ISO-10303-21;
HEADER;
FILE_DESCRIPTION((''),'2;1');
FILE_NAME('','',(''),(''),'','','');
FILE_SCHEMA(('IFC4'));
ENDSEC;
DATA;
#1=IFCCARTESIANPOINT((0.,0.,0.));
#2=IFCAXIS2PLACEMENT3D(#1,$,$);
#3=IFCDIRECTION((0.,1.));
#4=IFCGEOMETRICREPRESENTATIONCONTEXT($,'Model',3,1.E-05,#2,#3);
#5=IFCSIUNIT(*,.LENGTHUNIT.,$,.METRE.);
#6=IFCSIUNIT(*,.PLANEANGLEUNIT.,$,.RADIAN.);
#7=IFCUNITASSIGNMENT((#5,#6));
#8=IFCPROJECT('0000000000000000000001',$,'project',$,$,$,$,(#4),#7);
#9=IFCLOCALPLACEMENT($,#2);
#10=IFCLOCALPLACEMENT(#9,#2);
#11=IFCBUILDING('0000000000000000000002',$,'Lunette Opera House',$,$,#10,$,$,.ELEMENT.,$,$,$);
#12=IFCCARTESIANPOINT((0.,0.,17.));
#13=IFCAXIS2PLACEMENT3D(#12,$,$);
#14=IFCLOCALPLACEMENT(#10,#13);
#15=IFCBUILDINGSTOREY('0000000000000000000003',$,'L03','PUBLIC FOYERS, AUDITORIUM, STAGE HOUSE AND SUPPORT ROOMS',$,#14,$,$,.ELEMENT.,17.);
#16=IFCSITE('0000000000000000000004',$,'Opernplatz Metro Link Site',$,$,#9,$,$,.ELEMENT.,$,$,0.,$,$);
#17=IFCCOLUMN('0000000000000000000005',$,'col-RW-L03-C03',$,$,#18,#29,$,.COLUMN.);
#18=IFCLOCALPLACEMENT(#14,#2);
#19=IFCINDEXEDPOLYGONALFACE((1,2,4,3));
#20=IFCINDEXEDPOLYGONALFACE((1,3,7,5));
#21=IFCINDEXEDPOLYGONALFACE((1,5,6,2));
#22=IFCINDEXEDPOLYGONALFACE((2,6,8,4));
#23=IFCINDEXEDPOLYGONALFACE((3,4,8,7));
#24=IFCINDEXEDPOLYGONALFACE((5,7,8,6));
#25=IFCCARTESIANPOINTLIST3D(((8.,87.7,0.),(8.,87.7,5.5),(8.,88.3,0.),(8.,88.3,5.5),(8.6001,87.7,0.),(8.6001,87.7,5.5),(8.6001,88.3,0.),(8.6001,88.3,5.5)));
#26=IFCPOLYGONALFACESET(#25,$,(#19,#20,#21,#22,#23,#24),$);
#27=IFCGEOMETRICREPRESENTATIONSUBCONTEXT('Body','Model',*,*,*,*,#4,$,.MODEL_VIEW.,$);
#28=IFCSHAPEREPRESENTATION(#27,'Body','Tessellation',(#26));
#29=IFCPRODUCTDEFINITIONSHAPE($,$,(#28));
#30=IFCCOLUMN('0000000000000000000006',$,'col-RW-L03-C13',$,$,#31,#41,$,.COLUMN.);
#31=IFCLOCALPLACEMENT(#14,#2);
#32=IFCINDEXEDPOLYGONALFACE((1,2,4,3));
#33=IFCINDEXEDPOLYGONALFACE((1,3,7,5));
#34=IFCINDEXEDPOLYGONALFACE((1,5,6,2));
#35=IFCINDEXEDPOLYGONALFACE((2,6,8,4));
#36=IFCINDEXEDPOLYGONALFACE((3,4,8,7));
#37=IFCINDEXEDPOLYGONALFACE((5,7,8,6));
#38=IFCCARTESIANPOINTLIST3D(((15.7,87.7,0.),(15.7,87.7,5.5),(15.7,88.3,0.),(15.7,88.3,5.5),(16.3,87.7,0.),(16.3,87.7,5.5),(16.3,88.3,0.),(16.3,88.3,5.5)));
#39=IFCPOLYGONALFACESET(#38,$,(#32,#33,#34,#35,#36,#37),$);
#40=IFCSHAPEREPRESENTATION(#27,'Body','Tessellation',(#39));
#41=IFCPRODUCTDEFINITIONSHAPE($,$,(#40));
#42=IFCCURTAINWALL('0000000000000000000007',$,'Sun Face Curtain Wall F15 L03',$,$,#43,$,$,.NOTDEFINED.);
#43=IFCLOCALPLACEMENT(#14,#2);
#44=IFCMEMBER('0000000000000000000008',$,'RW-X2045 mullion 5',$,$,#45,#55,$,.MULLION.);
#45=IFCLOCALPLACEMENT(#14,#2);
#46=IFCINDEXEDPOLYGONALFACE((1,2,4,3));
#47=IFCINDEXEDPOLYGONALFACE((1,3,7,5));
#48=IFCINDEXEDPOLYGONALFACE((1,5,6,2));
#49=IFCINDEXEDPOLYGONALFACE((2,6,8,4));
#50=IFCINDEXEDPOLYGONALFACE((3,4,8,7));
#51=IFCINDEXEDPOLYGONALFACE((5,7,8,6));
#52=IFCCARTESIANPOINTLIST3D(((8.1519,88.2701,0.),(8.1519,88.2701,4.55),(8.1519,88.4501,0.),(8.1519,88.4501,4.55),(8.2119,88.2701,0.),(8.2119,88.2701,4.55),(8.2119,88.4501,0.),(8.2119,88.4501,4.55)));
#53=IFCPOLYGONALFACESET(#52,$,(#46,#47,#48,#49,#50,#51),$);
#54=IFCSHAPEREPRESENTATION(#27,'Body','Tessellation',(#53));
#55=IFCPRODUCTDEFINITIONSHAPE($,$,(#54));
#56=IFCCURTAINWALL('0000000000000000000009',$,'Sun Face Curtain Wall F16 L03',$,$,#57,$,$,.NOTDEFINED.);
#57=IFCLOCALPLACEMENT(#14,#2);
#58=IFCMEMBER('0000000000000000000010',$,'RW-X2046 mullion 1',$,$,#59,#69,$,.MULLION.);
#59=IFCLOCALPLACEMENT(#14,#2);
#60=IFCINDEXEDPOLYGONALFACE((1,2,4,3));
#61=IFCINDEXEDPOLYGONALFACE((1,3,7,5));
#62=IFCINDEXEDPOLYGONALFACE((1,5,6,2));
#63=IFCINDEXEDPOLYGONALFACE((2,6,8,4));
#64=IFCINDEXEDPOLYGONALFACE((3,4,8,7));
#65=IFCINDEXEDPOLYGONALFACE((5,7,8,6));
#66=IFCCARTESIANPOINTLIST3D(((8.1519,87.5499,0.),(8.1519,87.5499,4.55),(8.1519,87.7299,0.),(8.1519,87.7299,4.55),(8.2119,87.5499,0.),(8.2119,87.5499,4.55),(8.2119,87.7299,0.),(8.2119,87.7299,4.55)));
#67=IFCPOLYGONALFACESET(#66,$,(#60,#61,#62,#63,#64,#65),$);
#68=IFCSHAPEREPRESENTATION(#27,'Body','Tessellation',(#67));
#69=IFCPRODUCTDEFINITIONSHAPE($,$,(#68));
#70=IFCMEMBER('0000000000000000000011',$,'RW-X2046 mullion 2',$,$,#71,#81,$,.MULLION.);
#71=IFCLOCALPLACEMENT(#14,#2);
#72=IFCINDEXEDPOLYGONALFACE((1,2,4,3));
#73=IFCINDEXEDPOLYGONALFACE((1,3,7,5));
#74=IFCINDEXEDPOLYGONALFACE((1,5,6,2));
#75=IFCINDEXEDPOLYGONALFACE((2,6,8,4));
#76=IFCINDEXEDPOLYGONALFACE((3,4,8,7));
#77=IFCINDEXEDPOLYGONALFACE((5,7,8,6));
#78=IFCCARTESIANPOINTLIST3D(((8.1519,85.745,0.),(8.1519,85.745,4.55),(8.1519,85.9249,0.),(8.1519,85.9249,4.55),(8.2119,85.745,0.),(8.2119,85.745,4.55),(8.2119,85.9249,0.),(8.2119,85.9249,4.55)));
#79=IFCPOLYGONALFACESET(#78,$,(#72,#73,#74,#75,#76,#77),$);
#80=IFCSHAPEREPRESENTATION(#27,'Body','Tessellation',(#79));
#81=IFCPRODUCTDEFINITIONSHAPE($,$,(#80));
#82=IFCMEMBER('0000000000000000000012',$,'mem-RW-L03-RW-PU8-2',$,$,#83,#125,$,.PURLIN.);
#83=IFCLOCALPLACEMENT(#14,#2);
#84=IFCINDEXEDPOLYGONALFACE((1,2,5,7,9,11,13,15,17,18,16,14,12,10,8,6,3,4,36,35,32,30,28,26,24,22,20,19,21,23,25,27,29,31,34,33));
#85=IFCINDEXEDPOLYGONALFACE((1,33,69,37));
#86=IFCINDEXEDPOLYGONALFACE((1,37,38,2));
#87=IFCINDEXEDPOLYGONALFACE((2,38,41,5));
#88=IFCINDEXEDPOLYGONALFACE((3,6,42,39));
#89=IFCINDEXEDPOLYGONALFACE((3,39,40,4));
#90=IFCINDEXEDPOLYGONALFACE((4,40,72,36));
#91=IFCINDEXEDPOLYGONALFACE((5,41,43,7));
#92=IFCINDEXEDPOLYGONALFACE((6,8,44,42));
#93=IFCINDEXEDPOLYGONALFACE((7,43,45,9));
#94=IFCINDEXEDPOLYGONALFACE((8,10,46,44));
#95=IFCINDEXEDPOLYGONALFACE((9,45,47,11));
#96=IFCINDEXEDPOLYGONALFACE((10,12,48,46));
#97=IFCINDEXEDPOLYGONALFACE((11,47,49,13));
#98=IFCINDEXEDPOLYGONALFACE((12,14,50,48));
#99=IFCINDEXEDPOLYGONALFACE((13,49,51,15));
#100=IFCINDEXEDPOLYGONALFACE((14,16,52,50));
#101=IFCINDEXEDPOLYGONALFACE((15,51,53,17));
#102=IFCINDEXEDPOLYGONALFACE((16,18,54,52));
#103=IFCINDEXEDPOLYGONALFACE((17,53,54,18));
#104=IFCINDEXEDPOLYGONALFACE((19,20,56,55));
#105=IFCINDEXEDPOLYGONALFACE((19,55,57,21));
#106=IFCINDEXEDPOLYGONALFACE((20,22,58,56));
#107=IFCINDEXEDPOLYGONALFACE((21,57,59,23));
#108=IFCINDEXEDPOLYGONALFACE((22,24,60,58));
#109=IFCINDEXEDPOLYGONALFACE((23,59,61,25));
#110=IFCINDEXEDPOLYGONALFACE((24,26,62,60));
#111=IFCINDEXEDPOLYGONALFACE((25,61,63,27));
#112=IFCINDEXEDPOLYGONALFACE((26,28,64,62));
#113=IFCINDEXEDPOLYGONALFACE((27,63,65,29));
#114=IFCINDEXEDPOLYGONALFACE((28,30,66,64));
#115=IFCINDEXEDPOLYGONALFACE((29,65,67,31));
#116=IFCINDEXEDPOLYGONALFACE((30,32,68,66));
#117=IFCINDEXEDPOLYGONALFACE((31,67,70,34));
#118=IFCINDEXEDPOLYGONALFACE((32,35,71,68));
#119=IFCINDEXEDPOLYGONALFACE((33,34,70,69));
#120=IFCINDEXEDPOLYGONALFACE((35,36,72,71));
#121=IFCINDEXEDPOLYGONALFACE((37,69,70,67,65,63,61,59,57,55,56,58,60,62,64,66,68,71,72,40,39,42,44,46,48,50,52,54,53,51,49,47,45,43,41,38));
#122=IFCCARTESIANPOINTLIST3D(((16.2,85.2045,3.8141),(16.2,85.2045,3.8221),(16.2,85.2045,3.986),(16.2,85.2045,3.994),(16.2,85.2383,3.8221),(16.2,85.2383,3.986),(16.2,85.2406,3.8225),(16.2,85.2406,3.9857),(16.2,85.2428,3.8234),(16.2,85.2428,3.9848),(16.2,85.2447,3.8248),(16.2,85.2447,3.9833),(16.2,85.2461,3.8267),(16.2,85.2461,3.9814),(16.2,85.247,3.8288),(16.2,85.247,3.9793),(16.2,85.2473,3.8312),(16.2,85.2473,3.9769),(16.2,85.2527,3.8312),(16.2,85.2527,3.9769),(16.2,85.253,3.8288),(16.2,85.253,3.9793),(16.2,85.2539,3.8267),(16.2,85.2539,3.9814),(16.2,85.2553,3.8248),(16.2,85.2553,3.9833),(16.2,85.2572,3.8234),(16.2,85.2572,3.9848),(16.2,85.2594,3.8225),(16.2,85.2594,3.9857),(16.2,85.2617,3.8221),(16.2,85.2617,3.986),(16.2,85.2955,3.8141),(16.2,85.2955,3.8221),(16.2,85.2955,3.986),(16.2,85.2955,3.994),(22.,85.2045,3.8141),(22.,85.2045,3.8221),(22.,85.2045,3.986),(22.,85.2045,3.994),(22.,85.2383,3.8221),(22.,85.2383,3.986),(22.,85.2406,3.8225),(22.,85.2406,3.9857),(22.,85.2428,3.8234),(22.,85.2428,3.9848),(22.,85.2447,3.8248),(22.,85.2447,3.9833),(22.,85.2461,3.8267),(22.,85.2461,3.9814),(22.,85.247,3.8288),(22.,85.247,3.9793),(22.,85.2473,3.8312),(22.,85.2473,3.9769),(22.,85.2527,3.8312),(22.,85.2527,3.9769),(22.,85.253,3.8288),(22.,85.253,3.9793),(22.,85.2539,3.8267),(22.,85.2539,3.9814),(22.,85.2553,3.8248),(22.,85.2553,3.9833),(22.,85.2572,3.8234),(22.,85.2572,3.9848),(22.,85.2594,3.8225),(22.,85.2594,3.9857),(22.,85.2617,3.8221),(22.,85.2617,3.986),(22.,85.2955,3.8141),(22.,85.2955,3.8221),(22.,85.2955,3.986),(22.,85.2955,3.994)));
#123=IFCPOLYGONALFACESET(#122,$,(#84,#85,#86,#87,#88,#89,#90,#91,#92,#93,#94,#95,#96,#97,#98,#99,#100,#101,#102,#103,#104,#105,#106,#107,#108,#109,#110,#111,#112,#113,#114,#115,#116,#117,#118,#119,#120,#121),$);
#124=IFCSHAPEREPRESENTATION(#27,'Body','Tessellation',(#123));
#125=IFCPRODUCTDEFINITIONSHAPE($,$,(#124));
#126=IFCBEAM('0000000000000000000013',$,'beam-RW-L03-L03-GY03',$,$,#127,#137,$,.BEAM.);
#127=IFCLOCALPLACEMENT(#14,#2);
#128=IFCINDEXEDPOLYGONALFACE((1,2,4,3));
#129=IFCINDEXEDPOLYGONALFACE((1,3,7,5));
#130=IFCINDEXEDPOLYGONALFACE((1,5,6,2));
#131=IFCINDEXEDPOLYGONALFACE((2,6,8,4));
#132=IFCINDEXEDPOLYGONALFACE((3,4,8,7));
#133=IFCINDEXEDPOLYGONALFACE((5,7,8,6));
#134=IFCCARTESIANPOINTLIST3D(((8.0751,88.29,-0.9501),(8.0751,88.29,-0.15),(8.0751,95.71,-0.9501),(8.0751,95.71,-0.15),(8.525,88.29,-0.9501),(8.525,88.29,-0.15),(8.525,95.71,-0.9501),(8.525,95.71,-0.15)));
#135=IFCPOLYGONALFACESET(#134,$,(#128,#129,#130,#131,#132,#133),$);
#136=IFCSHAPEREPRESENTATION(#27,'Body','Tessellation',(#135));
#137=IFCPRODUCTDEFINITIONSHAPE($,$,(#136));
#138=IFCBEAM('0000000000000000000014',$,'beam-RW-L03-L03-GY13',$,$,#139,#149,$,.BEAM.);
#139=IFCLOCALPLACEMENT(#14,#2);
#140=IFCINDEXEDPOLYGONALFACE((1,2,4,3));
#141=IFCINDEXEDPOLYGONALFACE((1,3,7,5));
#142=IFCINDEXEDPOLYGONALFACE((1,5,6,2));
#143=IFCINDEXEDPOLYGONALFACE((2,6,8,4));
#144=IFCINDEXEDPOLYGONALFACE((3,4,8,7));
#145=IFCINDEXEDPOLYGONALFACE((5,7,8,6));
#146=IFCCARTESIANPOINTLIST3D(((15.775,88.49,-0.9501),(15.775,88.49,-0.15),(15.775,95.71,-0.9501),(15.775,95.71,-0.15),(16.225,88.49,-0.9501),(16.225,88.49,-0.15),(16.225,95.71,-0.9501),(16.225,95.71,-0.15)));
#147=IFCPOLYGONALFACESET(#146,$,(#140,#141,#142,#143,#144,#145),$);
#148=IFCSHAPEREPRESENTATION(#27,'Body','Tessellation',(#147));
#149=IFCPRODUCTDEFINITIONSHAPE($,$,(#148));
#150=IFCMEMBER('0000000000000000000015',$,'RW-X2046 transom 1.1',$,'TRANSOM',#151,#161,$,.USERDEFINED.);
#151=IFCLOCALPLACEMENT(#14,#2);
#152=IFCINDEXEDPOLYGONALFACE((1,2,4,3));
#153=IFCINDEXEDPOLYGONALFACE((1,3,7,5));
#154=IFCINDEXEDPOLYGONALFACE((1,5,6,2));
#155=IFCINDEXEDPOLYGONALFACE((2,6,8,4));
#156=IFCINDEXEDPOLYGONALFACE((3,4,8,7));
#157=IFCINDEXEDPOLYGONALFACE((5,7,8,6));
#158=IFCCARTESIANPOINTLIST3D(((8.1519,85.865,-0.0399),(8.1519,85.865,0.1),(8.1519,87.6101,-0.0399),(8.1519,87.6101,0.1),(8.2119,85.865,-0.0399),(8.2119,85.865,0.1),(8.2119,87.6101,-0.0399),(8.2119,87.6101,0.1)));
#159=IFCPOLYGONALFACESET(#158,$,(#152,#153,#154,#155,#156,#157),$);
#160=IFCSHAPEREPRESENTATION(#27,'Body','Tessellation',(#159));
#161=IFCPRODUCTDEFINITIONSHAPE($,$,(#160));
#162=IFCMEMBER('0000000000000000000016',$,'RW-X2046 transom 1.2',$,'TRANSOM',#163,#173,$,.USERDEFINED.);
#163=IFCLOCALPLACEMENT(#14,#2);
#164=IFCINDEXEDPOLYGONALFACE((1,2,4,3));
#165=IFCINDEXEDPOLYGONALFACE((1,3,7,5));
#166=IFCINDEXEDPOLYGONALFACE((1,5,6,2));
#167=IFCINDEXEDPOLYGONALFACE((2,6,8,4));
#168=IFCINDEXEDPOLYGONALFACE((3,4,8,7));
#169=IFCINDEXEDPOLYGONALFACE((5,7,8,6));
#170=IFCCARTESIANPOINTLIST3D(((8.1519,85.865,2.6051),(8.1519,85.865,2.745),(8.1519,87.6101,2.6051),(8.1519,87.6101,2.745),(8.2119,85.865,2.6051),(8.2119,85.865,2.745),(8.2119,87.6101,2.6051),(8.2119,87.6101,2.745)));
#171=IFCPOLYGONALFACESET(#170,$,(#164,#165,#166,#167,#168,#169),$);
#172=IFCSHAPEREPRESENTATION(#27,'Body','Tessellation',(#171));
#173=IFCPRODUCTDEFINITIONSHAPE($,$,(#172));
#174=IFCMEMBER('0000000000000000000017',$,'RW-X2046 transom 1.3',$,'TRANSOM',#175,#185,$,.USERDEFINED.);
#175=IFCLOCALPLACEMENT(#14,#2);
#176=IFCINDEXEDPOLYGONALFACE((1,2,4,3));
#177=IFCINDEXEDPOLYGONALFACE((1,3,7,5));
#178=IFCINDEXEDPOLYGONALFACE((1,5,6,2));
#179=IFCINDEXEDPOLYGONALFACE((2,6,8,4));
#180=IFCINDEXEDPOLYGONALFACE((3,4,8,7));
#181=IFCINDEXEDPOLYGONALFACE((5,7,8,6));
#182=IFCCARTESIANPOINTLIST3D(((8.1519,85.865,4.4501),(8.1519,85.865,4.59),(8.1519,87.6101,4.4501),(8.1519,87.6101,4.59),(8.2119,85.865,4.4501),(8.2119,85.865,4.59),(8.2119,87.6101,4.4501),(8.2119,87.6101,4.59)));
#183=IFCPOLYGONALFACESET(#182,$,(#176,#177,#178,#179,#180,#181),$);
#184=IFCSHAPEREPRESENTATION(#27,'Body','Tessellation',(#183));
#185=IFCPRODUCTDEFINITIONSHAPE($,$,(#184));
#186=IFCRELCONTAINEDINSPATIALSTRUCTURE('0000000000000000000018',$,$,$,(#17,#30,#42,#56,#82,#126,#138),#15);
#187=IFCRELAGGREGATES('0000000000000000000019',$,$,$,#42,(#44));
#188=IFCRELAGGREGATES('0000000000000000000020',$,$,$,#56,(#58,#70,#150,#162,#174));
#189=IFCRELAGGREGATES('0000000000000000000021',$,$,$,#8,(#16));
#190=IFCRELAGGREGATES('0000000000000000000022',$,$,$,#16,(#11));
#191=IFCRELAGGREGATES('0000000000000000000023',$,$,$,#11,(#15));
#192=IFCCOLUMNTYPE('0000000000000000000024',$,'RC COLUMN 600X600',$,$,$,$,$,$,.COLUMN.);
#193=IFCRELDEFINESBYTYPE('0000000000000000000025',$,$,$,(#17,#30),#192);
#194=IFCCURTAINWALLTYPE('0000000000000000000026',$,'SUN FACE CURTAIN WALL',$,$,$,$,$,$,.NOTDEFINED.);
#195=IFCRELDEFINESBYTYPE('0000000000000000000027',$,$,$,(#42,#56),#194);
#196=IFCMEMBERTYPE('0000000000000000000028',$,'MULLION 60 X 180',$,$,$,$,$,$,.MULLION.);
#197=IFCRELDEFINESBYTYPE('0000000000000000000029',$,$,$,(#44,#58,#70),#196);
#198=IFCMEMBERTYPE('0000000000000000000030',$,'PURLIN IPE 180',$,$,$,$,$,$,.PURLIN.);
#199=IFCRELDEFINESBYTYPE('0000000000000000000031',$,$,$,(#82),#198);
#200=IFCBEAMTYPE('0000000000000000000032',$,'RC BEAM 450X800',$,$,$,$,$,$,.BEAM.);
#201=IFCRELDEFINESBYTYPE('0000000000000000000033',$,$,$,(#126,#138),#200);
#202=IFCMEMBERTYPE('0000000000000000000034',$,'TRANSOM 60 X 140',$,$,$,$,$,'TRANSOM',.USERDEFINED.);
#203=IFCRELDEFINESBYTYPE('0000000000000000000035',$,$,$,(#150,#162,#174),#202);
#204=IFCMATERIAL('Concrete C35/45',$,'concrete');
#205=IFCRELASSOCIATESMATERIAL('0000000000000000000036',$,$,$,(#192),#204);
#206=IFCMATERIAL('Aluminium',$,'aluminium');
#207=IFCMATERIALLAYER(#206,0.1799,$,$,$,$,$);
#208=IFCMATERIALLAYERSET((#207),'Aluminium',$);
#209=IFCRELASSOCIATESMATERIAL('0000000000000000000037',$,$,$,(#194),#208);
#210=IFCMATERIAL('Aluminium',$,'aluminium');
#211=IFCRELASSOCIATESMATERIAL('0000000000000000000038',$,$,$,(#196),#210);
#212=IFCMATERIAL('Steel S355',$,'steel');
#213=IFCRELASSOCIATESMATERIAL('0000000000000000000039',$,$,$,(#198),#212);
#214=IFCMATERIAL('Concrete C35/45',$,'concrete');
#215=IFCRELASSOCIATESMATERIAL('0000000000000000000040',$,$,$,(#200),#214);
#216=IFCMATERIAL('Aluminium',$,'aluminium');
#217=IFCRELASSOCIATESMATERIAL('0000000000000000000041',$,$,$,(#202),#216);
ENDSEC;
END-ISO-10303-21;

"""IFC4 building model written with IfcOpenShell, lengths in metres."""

from ifc_helpers import new_model, si_unit, direction, frame, origin, origin_2d, place, context, subcontext, project, spatial, rectangle, i_section, extrude, material, layer, layer_set, material_profile, profile_set, type_object, element, aggregate, save


model = new_model("IFC4")

# Units and contexts
model_context = context("Model", 3, precision=1e-05, world=origin(), true_north=direction((0.0, 1.0)))
body_context = subcontext(model_context, "Body", "Model", "MODEL_VIEW")
ifc_project = project(units=[si_unit("LENGTHUNIT", "METRE"), si_unit("PLANEANGLEUNIT", "RADIAN")], contexts=[model_context])

# Site, building, storey
site_placement = place(None, origin())
site = spatial("IfcSite", under=ifc_project, at=site_placement, Name="Opernplatz Metro Link Site", CompositionType="ELEMENT", RefElevation=0.0)
building_placement = place(site_placement, origin())
building = spatial("IfcBuilding", under=site, at=building_placement, Name="Lunette Opera House", CompositionType="ELEMENT")
storey_placement = place(building_placement, frame((0.0, 0.0, 17.0)))
storey = spatial("IfcBuildingStorey", under=building, at=storey_placement, Name="L03", Description="PUBLIC FOYERS, AUDITORIUM, STAGE HOUSE AND SUPPORT ROOMS", CompositionType="ELEMENT", Elevation=17.0)

# Columns
ifc_material_1 = material(Name="Concrete C35/45", Category="concrete")
ifc_material_profile_1 = material_profile(ifc_material_1, rectangle(XDim=0.6001, YDim=0.6001, at=origin_2d()), Name="RC COLUMN 600X600")
ifc_profile_set_1 = profile_set([ifc_material_profile_1], Name="Concrete C35/45")
column_type = type_object("IfcColumnType", Name="RC COLUMN 600X600", PredefinedType="COLUMN", material=ifc_profile_set_1)
for number, where, z_axis, x_axis, name in (
    (1, (8.3, 88.0, 0.0), (0.0, 0.0, 1.0), (1.0, 0.0, 0.0), "col-RW-L03-C03"),
    (2, (16.0, 88.0, 0.0), (0.0, 0.0, 1.0), (1.0, 0.0, 0.0), "col-RW-L03-C13"),
):
    element("IfcColumn", number, at=place(storey_placement, frame(where, z_axis=z_axis, x_axis=x_axis)), inside=storey, type_object=column_type, Name=name, PredefinedType="COLUMN", context=body_context, shape_type="SweptSolid", body=[
        extrude(rectangle(XDim=0.6001, YDim=0.6001, at=origin_2d()), origin(), (0.0, 0.0, 1.0), 5.5),
    ])

# Curtain wall, member
ifc_material_2 = material(Name="Aluminium", Category="aluminium")
ifc_layer_1 = layer(ifc_material_2, 0.1799)
ifc_layer_set_1 = layer_set([ifc_layer_1], Name="Aluminium")
curtain_wall_type = type_object("IfcCurtainWallType", Name="SUN FACE CURTAIN WALL", PredefinedType="NOTDEFINED", material=ifc_layer_set_1)
curtain_wall_1_placement = place(storey_placement, origin())
curtain_wall_1 = element("IfcCurtainWall", 3, at=curtain_wall_1_placement, inside=storey, type_object=curtain_wall_type, Name="Sun Face Curtain Wall F15 L03", PredefinedType="NOTDEFINED")
ifc_material_3 = material(Name="Aluminium", Category="aluminium")
ifc_material_profile_2 = material_profile(ifc_material_3, rectangle(XDim=0.0601, YDim=0.1799, at=origin_2d()), Name="MULLION 60 X 180")
ifc_profile_set_2 = profile_set([ifc_material_profile_2], Name="Aluminium")
member_type_1 = type_object("IfcMemberType", Name="MULLION 60 X 180", PredefinedType="MULLION", material=ifc_profile_set_2)
member_1_placement = place(storey_placement, frame((8.1819, 88.3601, 0.0), z_axis=(0.0, 0.0, 1.0), x_axis=(1.0, 0.0, 0.0)))
member_1 = element("IfcMember", 4, at=member_1_placement, type_object=member_type_1, Name="RW-X2045 mullion 5", PredefinedType="MULLION", context=body_context, shape_type="SweptSolid", body=[
    extrude(rectangle(XDim=0.0601, YDim=0.1799, at=origin_2d()), origin(), (0.0, 0.0, 1.0), 4.55),
])
aggregate(curtain_wall_1, [member_1])

# Curtain wall, members
curtain_wall_2_placement = place(storey_placement, origin())
curtain_wall_2 = element("IfcCurtainWall", 5, at=curtain_wall_2_placement, inside=storey, type_object=curtain_wall_type, Name="Sun Face Curtain Wall F16 L03", PredefinedType="NOTDEFINED")
member_2_placement = place(storey_placement, frame((8.1819, 87.6399, 0.0), z_axis=(0.0, 0.0, 1.0), x_axis=(1.0, 0.0, 0.0)))
member_2 = element("IfcMember", 6, at=member_2_placement, type_object=member_type_1, Name="RW-X2046 mullion 1", PredefinedType="MULLION", context=body_context, shape_type="SweptSolid", body=[
    extrude(rectangle(XDim=0.0601, YDim=0.1799, at=origin_2d()), origin(), (0.0, 0.0, 1.0), 4.55),
])
member_3_placement = place(storey_placement, frame((8.1819, 85.835, 0.0), z_axis=(0.0, 0.0, 1.0), x_axis=(1.0, 0.0, 0.0)))
member_3 = element("IfcMember", 7, at=member_3_placement, type_object=member_type_1, Name="RW-X2046 mullion 2", PredefinedType="MULLION", context=body_context, shape_type="SweptSolid", body=[
    extrude(rectangle(XDim=0.0601, YDim=0.1799, at=origin_2d()), origin(), (0.0, 0.0, 1.0), 4.55),
])

# Member
ifc_material_4 = material(Name="Steel S355", Category="steel")
ifc_material_profile_3 = material_profile(ifc_material_4, i_section(OverallWidth=0.0911, OverallDepth=0.1799, WebThickness=0.0054, FlangeThickness=0.0081, FilletRadius=0.009, at=origin_2d()), Name="IPE 180")
ifc_profile_set_3 = profile_set([ifc_material_profile_3], Name="Steel S355")
member_type_2 = type_object("IfcMemberType", Name="PURLIN IPE 180", PredefinedType="PURLIN", material=ifc_profile_set_3)
member_4_placement = place(storey_placement, frame((16.2, 85.25, 3.9041), z_axis=(1.0, 0.0, 0.0), x_axis=(0.0, 1.0, 0.0)))
element("IfcMember", 8, at=member_4_placement, inside=storey, type_object=member_type_2, Name="mem-RW-L03-RW-PU8-2", PredefinedType="PURLIN", context=body_context, shape_type="SweptSolid", body=[
    extrude(i_section(OverallWidth=0.0911, OverallDepth=0.1799, WebThickness=0.0054, FlangeThickness=0.0081, FilletRadius=0.009, at=origin_2d()), origin(), (0.0, 0.0, 1.0), 5.8),
])

# Beams
ifc_material_5 = material(Name="Concrete C35/45", Category="concrete")
ifc_material_profile_4 = material_profile(ifc_material_5, rectangle(XDim=0.45, YDim=0.8, at=origin_2d()), Name="RC BEAM 450X800")
ifc_profile_set_4 = profile_set([ifc_material_profile_4], Name="Concrete C35/45")
beam_type = type_object("IfcBeamType", Name="RC BEAM 450X800", PredefinedType="BEAM", material=ifc_profile_set_4)
beam_1_placement = place(storey_placement, frame((8.3, 88.29, -0.55), z_axis=(0.0, 1.0, 0.0), x_axis=(-1.0, 0.0, 0.0)))
element("IfcBeam", 9, at=beam_1_placement, inside=storey, type_object=beam_type, Name="beam-RW-L03-L03-GY03", PredefinedType="BEAM", context=body_context, shape_type="SweptSolid", body=[
    extrude(rectangle(XDim=0.45, YDim=0.8, at=origin_2d()), origin(), (0.0, 0.0, 1.0), 7.4199),
])
beam_2_placement = place(storey_placement, frame((16.0, 88.49, -0.55), z_axis=(0.0, 1.0, 0.0), x_axis=(-1.0, 0.0, 0.0)))
element("IfcBeam", 10, at=beam_2_placement, inside=storey, type_object=beam_type, Name="beam-RW-L03-L03-GY13", PredefinedType="BEAM", context=body_context, shape_type="SweptSolid", body=[
    extrude(rectangle(XDim=0.45, YDim=0.8, at=origin_2d()), origin(), (0.0, 0.0, 1.0), 7.22),
])

# Members
ifc_material_6 = material(Name="Aluminium", Category="aluminium")
ifc_material_profile_5 = material_profile(ifc_material_6, rectangle(XDim=0.0601, YDim=0.1399, at=origin_2d()), Name="TRANSOM 60 X 140")
ifc_profile_set_5 = profile_set([ifc_material_profile_5], Name="Aluminium")
member_type_3 = type_object("IfcMemberType", Name="TRANSOM 60 X 140", ElementType="TRANSOM", PredefinedType="USERDEFINED", material=ifc_profile_set_5)
member_5_placement = place(storey_placement, frame((8.1819, 87.6101, 0.03), z_axis=(0.0, -1.0, 0.0), x_axis=(1.0, 0.0, 0.0)))
member_5 = element("IfcMember", 11, at=member_5_placement, type_object=member_type_3, Name="RW-X2046 transom 1.1", ObjectType="TRANSOM", PredefinedType="USERDEFINED", context=body_context, shape_type="SweptSolid", body=[
    extrude(rectangle(XDim=0.0601, YDim=0.1399, at=origin_2d()), origin(), (0.0, 0.0, 1.0), 1.7451),
])
member_6_placement = place(storey_placement, frame((8.1819, 87.6101, 2.675), z_axis=(0.0, -1.0, 0.0), x_axis=(1.0, 0.0, 0.0)))
member_6 = element("IfcMember", 12, at=member_6_placement, type_object=member_type_3, Name="RW-X2046 transom 1.2", ObjectType="TRANSOM", PredefinedType="USERDEFINED", context=body_context, shape_type="SweptSolid", body=[
    extrude(rectangle(XDim=0.0601, YDim=0.1399, at=origin_2d()), origin(), (0.0, 0.0, 1.0), 1.7451),
])
member_7_placement = place(storey_placement, frame((8.1819, 87.6101, 4.52), z_axis=(0.0, -1.0, 0.0), x_axis=(1.0, 0.0, 0.0)))
member_7 = element("IfcMember", 13, at=member_7_placement, type_object=member_type_3, Name="RW-X2046 transom 1.3", ObjectType="TRANSOM", PredefinedType="USERDEFINED", context=body_context, shape_type="SweptSolid", body=[
    extrude(rectangle(XDim=0.0601, YDim=0.1399, at=origin_2d()), origin(), (0.0, 0.0, 1.0), 1.7451),
])

aggregate(curtain_wall_2, [member_2, member_3, member_5, member_6, member_7])

save(model, "model.ifc")
